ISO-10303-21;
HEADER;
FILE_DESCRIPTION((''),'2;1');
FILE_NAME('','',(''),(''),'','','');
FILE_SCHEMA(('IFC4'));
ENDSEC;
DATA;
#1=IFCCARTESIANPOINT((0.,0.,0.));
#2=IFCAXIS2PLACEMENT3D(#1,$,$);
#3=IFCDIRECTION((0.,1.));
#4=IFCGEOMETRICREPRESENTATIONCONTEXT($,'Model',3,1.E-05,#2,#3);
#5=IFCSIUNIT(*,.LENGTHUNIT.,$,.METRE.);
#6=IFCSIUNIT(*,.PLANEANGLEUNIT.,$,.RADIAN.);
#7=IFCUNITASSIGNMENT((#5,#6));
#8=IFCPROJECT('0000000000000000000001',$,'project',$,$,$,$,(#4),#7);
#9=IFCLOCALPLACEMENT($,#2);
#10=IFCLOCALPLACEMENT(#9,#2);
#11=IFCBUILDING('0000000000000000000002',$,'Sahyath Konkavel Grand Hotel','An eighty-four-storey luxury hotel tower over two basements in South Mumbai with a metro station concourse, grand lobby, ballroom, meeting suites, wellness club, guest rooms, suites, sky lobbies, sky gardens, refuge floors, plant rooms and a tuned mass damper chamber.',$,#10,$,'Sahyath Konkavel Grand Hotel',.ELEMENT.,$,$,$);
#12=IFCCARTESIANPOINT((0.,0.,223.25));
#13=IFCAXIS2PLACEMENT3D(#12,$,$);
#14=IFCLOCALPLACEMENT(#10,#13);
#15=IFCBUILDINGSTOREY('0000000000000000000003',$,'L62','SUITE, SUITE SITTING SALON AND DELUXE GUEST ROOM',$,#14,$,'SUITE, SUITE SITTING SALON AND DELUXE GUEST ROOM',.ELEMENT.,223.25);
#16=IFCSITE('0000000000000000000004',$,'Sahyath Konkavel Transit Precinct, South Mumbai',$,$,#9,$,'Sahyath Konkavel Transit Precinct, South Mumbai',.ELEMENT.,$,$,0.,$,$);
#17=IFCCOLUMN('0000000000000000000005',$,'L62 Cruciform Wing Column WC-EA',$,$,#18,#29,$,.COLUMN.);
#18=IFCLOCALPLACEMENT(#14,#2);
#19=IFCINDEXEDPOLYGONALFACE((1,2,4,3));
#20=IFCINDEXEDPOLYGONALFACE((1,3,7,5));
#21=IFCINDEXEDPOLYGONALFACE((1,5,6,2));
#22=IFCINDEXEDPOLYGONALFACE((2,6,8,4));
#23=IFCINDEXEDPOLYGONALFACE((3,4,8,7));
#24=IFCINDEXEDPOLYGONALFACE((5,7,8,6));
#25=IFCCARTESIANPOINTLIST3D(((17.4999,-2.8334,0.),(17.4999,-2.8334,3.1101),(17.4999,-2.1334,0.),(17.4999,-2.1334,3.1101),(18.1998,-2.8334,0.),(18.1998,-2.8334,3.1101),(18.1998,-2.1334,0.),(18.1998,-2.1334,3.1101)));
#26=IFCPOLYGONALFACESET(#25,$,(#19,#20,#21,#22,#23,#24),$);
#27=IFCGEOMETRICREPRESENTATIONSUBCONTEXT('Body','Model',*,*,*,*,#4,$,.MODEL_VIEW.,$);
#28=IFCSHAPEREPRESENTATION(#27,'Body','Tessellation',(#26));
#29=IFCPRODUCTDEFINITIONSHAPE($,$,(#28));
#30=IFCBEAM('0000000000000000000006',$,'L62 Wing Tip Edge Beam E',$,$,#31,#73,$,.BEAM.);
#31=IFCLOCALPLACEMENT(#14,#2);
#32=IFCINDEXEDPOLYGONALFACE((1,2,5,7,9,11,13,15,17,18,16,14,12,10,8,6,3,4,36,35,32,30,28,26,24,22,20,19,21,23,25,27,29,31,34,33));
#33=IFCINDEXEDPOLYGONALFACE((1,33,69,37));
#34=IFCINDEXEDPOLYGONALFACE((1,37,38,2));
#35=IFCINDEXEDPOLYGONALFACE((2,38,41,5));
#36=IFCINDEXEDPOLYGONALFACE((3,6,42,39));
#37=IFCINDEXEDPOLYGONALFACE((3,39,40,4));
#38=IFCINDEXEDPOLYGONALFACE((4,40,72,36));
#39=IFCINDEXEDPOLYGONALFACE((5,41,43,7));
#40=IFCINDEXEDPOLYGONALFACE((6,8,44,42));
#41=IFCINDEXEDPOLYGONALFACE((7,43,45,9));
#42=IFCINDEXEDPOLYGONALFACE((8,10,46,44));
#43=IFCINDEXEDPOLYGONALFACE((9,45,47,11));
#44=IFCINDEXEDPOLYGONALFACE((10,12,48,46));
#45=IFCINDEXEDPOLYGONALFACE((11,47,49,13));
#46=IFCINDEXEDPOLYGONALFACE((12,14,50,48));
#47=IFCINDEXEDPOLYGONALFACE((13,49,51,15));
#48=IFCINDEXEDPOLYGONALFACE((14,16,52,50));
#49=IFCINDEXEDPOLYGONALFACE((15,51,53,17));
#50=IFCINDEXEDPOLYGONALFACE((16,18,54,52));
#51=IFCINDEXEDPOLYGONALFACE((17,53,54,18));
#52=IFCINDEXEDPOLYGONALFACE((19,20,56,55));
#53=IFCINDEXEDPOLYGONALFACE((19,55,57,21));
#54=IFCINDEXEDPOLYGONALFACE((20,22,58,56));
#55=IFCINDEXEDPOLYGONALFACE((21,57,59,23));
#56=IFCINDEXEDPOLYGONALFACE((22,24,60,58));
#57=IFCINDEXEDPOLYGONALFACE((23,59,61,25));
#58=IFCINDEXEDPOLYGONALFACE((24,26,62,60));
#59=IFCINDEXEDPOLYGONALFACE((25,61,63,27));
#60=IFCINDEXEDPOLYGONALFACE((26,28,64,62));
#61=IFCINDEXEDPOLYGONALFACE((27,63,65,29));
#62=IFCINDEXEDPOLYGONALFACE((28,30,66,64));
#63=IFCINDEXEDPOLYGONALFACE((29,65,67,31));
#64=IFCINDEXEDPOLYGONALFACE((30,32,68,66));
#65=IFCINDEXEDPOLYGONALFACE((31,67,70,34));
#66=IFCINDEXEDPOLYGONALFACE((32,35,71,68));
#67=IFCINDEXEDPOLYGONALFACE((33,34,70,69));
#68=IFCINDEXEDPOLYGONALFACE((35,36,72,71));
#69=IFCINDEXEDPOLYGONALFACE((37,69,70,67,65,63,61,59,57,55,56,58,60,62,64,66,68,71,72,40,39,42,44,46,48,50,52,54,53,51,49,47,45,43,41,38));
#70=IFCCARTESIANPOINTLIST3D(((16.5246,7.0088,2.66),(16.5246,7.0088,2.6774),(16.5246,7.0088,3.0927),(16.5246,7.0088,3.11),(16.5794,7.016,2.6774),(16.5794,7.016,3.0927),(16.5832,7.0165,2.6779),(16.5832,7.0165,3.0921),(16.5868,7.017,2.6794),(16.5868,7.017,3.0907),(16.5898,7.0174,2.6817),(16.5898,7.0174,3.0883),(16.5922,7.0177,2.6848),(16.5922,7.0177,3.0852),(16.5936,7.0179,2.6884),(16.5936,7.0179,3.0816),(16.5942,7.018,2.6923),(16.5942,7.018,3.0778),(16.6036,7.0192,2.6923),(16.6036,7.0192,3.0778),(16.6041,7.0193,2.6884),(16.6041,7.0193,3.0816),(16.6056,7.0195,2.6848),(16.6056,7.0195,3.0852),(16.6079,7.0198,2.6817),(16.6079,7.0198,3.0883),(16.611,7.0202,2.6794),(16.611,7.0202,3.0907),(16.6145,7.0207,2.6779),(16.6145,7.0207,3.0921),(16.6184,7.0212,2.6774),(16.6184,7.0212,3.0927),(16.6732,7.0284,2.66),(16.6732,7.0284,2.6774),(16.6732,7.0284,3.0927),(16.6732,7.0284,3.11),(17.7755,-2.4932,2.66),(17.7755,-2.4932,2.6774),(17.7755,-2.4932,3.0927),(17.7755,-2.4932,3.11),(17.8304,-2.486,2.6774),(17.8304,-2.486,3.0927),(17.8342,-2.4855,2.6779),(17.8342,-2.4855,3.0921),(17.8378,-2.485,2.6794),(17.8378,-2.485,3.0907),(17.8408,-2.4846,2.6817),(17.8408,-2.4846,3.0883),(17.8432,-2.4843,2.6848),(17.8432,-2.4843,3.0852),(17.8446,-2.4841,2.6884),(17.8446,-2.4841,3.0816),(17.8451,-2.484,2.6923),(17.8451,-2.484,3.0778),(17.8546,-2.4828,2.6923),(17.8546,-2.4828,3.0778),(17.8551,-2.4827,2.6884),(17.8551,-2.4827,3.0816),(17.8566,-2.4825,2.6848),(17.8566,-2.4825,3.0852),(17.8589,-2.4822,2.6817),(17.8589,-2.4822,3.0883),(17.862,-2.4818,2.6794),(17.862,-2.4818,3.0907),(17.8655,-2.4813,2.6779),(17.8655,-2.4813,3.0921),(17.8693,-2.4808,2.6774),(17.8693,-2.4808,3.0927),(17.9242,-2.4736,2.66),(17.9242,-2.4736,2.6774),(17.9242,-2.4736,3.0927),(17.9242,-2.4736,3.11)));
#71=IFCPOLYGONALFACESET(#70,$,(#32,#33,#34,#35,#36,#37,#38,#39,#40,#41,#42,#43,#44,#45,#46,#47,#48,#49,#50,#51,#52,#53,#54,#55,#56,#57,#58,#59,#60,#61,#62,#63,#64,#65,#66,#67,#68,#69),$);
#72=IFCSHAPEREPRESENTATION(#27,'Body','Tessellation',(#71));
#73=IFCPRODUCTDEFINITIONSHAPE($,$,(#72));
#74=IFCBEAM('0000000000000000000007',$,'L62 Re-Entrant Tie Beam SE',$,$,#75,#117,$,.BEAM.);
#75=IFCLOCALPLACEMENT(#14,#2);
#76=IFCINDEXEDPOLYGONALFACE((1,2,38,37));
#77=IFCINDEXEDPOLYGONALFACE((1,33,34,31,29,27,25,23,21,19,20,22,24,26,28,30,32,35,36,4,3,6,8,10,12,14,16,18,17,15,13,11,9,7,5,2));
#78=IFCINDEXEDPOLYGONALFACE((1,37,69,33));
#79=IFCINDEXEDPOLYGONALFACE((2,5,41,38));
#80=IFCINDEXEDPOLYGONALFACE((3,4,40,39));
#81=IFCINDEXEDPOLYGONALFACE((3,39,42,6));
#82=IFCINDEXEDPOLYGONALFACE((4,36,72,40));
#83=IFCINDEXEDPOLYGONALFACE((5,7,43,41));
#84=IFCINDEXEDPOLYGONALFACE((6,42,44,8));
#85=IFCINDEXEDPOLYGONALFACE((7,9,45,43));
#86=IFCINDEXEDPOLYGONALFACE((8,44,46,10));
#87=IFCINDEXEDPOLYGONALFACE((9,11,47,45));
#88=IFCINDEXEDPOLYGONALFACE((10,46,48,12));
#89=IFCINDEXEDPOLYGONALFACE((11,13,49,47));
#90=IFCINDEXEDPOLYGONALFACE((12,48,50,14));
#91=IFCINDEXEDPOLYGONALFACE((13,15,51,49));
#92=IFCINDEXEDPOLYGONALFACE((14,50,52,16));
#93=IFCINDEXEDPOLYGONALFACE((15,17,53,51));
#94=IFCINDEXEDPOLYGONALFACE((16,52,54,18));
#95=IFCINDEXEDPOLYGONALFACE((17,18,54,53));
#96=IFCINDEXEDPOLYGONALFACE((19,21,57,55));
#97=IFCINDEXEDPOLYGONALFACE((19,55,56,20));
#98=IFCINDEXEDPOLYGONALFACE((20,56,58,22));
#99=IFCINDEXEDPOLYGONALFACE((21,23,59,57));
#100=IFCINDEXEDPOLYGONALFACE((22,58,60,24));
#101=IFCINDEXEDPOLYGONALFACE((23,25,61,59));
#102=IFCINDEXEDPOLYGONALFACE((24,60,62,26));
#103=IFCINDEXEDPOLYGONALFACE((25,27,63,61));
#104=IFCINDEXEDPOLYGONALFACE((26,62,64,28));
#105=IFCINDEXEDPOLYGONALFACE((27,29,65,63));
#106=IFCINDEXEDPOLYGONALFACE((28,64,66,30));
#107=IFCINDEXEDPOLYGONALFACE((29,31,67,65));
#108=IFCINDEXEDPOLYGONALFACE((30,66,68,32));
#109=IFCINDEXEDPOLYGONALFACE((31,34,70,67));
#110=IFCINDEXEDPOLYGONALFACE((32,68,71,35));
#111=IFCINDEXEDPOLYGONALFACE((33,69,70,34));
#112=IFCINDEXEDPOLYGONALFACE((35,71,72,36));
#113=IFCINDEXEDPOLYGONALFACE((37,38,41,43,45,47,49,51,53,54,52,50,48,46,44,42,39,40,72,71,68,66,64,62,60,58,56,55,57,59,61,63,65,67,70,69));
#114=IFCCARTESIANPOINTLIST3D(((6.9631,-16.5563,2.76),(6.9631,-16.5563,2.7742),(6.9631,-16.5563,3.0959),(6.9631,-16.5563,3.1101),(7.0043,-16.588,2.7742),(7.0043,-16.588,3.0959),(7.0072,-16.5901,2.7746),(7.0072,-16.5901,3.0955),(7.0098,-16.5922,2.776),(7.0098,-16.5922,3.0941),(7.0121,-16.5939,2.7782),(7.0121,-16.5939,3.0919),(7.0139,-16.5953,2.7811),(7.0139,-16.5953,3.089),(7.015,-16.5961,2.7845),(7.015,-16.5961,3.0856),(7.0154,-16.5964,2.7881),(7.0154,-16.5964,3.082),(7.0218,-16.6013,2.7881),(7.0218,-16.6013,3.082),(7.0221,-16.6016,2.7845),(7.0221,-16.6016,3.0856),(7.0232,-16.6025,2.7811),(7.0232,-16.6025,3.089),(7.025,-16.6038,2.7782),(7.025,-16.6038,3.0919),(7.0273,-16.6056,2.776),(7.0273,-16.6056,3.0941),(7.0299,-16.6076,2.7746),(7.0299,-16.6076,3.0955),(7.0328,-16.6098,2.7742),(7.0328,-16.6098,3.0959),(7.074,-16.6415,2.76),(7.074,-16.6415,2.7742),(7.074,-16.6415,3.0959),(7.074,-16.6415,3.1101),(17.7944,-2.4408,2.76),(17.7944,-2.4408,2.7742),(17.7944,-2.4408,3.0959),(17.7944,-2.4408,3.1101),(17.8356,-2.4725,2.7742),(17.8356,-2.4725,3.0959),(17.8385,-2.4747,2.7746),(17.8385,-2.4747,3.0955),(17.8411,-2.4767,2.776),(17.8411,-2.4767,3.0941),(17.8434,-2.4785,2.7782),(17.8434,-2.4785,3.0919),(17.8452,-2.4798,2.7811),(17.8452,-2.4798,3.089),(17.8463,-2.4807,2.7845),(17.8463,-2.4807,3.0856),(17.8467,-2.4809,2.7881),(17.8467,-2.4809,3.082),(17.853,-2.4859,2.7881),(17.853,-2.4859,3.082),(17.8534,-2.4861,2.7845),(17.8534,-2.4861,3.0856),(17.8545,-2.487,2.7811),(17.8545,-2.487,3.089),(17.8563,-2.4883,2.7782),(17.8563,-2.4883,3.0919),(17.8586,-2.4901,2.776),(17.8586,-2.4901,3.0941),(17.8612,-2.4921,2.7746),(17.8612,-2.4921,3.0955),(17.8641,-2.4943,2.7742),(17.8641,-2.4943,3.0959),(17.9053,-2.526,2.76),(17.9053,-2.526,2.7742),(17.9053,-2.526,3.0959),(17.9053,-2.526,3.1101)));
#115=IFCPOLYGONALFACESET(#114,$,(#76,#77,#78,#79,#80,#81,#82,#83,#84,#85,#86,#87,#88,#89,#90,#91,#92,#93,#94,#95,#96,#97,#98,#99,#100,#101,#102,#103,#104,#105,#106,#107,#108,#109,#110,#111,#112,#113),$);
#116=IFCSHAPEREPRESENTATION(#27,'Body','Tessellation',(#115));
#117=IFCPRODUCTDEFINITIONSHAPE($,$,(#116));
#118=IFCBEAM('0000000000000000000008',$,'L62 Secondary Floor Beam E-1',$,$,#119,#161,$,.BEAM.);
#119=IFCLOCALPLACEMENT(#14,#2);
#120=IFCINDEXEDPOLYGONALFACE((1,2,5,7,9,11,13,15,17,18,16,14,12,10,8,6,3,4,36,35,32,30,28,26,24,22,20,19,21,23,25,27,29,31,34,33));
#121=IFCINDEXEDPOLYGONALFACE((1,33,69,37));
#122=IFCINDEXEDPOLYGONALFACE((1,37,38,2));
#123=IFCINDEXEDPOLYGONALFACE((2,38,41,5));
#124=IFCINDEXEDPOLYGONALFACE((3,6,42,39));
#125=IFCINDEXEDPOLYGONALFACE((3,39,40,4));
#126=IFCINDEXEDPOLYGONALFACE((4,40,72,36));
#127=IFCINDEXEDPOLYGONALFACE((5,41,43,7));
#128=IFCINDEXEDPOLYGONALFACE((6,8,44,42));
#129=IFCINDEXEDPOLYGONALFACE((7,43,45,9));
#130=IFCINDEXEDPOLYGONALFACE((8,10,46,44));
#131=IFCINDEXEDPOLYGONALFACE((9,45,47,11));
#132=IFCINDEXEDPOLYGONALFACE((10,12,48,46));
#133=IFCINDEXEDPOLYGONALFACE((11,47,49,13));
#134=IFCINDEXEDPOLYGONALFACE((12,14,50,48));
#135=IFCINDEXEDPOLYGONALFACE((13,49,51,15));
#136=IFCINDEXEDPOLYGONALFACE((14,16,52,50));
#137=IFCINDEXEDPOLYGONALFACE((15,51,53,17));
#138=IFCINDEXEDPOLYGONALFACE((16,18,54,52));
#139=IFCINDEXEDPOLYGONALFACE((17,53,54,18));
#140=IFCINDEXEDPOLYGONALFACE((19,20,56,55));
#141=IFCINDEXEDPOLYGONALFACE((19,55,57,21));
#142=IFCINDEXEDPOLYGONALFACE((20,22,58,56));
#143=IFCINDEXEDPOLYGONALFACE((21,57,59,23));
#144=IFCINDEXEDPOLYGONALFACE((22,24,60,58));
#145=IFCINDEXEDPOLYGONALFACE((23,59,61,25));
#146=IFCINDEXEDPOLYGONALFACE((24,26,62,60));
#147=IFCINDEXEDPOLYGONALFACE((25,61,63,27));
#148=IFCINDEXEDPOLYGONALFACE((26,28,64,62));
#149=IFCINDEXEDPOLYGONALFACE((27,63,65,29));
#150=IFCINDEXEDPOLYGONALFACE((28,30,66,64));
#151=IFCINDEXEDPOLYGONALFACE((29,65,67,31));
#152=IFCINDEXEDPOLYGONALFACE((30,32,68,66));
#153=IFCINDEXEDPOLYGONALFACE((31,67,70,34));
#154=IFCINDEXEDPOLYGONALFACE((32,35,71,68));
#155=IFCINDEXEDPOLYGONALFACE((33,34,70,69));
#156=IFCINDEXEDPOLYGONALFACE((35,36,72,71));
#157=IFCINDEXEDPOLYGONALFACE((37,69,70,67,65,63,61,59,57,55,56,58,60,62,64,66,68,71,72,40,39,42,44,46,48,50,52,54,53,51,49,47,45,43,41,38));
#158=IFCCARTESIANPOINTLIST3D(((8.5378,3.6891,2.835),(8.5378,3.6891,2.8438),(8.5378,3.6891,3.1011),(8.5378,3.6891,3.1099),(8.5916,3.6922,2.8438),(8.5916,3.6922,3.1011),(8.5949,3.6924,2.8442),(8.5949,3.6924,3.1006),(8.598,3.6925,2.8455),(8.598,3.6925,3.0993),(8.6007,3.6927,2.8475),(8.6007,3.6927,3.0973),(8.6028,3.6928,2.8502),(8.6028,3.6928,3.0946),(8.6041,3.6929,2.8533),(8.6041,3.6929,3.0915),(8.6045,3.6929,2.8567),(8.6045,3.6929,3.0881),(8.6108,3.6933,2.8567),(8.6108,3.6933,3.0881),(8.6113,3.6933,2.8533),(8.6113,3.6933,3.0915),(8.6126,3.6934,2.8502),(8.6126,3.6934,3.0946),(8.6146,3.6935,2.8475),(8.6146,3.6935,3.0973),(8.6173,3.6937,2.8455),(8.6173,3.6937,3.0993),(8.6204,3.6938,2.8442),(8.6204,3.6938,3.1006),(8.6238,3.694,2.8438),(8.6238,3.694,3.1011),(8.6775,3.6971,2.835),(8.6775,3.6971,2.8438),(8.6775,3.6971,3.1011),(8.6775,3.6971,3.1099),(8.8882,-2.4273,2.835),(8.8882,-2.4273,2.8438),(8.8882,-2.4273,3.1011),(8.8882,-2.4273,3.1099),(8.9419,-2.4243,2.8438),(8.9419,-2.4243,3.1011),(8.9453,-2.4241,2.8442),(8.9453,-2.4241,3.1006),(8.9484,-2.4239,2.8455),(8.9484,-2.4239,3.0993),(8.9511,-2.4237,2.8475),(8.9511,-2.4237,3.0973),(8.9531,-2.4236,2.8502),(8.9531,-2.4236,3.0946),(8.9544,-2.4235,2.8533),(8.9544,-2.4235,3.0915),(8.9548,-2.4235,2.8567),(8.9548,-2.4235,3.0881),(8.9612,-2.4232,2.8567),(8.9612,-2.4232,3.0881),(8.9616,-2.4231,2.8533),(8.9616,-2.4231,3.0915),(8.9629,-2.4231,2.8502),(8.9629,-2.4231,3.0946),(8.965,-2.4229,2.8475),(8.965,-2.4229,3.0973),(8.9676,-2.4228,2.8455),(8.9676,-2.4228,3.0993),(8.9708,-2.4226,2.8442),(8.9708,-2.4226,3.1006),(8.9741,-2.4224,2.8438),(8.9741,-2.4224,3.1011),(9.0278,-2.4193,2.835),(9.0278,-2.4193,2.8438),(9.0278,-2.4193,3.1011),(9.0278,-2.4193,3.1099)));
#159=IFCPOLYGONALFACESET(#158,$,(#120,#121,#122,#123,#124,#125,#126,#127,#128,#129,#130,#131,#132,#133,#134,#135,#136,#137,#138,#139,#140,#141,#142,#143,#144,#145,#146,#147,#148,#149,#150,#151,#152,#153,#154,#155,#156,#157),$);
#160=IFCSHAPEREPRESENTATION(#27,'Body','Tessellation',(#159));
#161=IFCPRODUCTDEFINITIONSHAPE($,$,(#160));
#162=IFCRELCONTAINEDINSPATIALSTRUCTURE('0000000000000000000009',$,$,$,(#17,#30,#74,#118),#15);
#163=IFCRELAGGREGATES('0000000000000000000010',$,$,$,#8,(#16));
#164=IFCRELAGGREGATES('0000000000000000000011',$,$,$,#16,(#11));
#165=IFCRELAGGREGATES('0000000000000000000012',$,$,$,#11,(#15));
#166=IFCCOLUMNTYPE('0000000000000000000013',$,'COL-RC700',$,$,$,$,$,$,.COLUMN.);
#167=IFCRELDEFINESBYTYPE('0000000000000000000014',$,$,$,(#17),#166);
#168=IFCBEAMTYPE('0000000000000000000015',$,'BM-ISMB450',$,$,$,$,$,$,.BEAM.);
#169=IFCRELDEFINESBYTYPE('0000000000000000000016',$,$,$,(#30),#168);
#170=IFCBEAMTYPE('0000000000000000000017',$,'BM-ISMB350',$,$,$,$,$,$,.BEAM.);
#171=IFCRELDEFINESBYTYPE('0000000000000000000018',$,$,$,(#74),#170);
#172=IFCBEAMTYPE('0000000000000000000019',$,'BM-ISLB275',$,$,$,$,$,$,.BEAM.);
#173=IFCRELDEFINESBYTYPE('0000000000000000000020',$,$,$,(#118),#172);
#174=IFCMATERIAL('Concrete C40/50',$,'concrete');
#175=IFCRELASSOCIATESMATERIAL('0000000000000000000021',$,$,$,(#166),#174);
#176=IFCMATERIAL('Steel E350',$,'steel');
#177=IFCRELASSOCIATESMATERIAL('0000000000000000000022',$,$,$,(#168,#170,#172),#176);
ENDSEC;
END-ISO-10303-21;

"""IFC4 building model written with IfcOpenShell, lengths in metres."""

from ifc_helpers import new_model, si_unit, direction, frame, origin, origin_2d, place, context, subcontext, project, spatial, rectangle, i_section, extrude, source, transform, mapped, material, material_profile, profile_set, type_object, element, save


model = new_model("IFC4")

# Units and contexts
model_context = context("Model", 3, precision=1e-05, world=origin(), true_north=direction((0.0, 1.0)))
body_context = subcontext(model_context, "Body", "Model", "MODEL_VIEW")
ifc_project = project(units=[si_unit("LENGTHUNIT", "METRE"), si_unit("PLANEANGLEUNIT", "RADIAN")], contexts=[model_context])

# Site, building, storey
site_placement = place(None, origin())
site = spatial("IfcSite", under=ifc_project, at=site_placement, Name="Sahyath Konkavel Transit Precinct, South Mumbai", LongName="Sahyath Konkavel Transit Precinct, South Mumbai", CompositionType="ELEMENT", RefElevation=0.0)
building_placement = place(site_placement, origin())
building = spatial("IfcBuilding", under=site, at=building_placement, Name="Sahyath Konkavel Grand Hotel", Description="An eighty-four-storey luxury hotel tower over two basements in South Mumbai with a metro station concourse, grand lobby, ballroom, meeting suites, wellness club, guest rooms, suites, sky lobbies, sky gardens, refuge floors, plant rooms and a tuned mass damper chamber.", LongName="Sahyath Konkavel Grand Hotel", CompositionType="ELEMENT")
storey_placement = place(building_placement, frame((0.0, 0.0, 223.25)))
storey = spatial("IfcBuildingStorey", under=building, at=storey_placement, Name="L62", Description="SUITE, SUITE SITTING SALON AND DELUXE GUEST ROOM", LongName="SUITE, SUITE SITTING SALON AND DELUXE GUEST ROOM", CompositionType="ELEMENT", Elevation=223.25)

# Column
ifc_material_1 = material(Name="Concrete C40/50", Category="concrete")
ifc_material_profile_1 = material_profile(ifc_material_1, rectangle(XDim=0.7, YDim=0.7, at=origin_2d()), Name="RC 700x700")
ifc_profile_set_1 = profile_set([ifc_material_profile_1], Name="Concrete C40/50")
column_type = type_object("IfcColumnType", Name="COL-RC700", PredefinedType="COLUMN", material=ifc_profile_set_1)
shared_shape_1 = source(origin(), body_context, "Body", "SweptSolid", [
    extrude(rectangle(XDim=0.7, YDim=0.7, at=origin_2d()), origin(), (0.0, 0.0, 1.0), 3.1101),
])
column_placement = place(storey_placement, frame((17.8499, -2.4834, 0.0), z_axis=(0.0, 0.0, 1.0), x_axis=(1.0, 0.0, 0.0)))
element("IfcColumn", 1, at=column_placement, inside=storey, type_object=column_type, Name="L62 Cruciform Wing Column WC-EA", PredefinedType="COLUMN", context=body_context, shape_type="MappedRepresentation", body=[
    mapped(shared_shape_1, transform((0.0, 0.0, 0.0), scale=1.0)),
])

# Beams
ifc_material_2 = material(Name="Steel E350", Category="steel")
ifc_material_profile_2 = material_profile(ifc_material_2, i_section(OverallWidth=0.1499, OverallDepth=0.45, WebThickness=0.0095, FlangeThickness=0.0173, FilletRadius=0.0149, at=origin_2d()), Name="ISMB 450")
ifc_profile_set_2 = profile_set([ifc_material_profile_2], Name="Steel E350")
beam_type_1 = type_object("IfcBeamType", Name="BM-ISMB450", PredefinedType="BEAM", material=ifc_profile_set_2)
shared_shape_2 = source(origin(), body_context, "Body", "SweptSolid", [
    extrude(i_section(OverallWidth=0.1499, OverallDepth=0.45, WebThickness=0.0095, FlangeThickness=0.0173, FilletRadius=0.0149, at=origin_2d()), origin(), (0.0, 0.0, 1.0), 9.584),
])
beam_1_placement = place(storey_placement, frame((17.8499, -2.4834, 2.885), z_axis=(-0.130528, 0.991445, 0.0), x_axis=(-0.991445, -0.130528, 0.0)))
element("IfcBeam", 2, at=beam_1_placement, inside=storey, type_object=beam_type_1, Name="L62 Wing Tip Edge Beam E", PredefinedType="BEAM", context=body_context, shape_type="MappedRepresentation", body=[
    mapped(shared_shape_2, transform((0.0, 0.0, 0.0), scale=1.0)),
])
ifc_material_profile_3 = material_profile(ifc_material_2, i_section(OverallWidth=0.1399, OverallDepth=0.3501, WebThickness=0.0081, FlangeThickness=0.0142, FilletRadius=0.0139, at=origin_2d()), Name="ISMB 350")
ifc_profile_set_3 = profile_set([ifc_material_profile_3], Name="Steel E350")
beam_type_2 = type_object("IfcBeamType", Name="BM-ISMB350", PredefinedType="BEAM", material=ifc_profile_set_3)
shared_shape_3 = source(origin(), body_context, "Body", "SweptSolid", [
    extrude(i_section(OverallWidth=0.1399, OverallDepth=0.3501, WebThickness=0.0081, FlangeThickness=0.0142, FilletRadius=0.0139, at=origin_2d()), origin(), (0.0, 0.0, 1.0), 17.7922),
])
beam_2_placement = place(storey_placement, frame((17.8499, -2.4834, 2.9351), z_axis=(-0.608765, -0.79335, 0.0), x_axis=(0.79335, -0.608765, 0.0)))
element("IfcBeam", 3, at=beam_2_placement, inside=storey, type_object=beam_type_2, Name="L62 Re-Entrant Tie Beam SE", PredefinedType="BEAM", context=body_context, shape_type="MappedRepresentation", body=[
    mapped(shared_shape_3, transform((0.0, 0.0, 0.0), scale=1.0)),
])
ifc_material_profile_4 = material_profile(ifc_material_2, i_section(OverallWidth=0.1399, OverallDepth=0.2749, WebThickness=0.0063, FlangeThickness=0.0088, FilletRadius=0.0129, at=origin_2d()), Name="ISLB 275")
ifc_profile_set_4 = profile_set([ifc_material_profile_4], Name="Steel E350")
beam_type_3 = type_object("IfcBeamType", Name="BM-ISLB275", PredefinedType="BEAM", material=ifc_profile_set_4)
shared_shape_4 = source(origin(), body_context, "Body", "SweptSolid", [
    extrude(i_section(OverallWidth=0.1399, OverallDepth=0.2749, WebThickness=0.0063, FlangeThickness=0.0088, FilletRadius=0.0129, at=origin_2d()), origin(), (0.0, 0.0, 1.0), 6.1265),
])
beam_3_placement = place(storey_placement, frame((8.958, -2.4233, 2.9724), z_axis=(-0.057185, 0.998364, 0.0), x_axis=(-0.998364, -0.057185, 0.0)))
element("IfcBeam", 4, at=beam_3_placement, inside=storey, type_object=beam_type_3, Name="L62 Secondary Floor Beam E-1", PredefinedType="BEAM", context=body_context, shape_type="MappedRepresentation", body=[
    mapped(shared_shape_4, transform((0.0, 0.0, 0.0), scale=1.0)),
])

save(model, "model.ifc")
